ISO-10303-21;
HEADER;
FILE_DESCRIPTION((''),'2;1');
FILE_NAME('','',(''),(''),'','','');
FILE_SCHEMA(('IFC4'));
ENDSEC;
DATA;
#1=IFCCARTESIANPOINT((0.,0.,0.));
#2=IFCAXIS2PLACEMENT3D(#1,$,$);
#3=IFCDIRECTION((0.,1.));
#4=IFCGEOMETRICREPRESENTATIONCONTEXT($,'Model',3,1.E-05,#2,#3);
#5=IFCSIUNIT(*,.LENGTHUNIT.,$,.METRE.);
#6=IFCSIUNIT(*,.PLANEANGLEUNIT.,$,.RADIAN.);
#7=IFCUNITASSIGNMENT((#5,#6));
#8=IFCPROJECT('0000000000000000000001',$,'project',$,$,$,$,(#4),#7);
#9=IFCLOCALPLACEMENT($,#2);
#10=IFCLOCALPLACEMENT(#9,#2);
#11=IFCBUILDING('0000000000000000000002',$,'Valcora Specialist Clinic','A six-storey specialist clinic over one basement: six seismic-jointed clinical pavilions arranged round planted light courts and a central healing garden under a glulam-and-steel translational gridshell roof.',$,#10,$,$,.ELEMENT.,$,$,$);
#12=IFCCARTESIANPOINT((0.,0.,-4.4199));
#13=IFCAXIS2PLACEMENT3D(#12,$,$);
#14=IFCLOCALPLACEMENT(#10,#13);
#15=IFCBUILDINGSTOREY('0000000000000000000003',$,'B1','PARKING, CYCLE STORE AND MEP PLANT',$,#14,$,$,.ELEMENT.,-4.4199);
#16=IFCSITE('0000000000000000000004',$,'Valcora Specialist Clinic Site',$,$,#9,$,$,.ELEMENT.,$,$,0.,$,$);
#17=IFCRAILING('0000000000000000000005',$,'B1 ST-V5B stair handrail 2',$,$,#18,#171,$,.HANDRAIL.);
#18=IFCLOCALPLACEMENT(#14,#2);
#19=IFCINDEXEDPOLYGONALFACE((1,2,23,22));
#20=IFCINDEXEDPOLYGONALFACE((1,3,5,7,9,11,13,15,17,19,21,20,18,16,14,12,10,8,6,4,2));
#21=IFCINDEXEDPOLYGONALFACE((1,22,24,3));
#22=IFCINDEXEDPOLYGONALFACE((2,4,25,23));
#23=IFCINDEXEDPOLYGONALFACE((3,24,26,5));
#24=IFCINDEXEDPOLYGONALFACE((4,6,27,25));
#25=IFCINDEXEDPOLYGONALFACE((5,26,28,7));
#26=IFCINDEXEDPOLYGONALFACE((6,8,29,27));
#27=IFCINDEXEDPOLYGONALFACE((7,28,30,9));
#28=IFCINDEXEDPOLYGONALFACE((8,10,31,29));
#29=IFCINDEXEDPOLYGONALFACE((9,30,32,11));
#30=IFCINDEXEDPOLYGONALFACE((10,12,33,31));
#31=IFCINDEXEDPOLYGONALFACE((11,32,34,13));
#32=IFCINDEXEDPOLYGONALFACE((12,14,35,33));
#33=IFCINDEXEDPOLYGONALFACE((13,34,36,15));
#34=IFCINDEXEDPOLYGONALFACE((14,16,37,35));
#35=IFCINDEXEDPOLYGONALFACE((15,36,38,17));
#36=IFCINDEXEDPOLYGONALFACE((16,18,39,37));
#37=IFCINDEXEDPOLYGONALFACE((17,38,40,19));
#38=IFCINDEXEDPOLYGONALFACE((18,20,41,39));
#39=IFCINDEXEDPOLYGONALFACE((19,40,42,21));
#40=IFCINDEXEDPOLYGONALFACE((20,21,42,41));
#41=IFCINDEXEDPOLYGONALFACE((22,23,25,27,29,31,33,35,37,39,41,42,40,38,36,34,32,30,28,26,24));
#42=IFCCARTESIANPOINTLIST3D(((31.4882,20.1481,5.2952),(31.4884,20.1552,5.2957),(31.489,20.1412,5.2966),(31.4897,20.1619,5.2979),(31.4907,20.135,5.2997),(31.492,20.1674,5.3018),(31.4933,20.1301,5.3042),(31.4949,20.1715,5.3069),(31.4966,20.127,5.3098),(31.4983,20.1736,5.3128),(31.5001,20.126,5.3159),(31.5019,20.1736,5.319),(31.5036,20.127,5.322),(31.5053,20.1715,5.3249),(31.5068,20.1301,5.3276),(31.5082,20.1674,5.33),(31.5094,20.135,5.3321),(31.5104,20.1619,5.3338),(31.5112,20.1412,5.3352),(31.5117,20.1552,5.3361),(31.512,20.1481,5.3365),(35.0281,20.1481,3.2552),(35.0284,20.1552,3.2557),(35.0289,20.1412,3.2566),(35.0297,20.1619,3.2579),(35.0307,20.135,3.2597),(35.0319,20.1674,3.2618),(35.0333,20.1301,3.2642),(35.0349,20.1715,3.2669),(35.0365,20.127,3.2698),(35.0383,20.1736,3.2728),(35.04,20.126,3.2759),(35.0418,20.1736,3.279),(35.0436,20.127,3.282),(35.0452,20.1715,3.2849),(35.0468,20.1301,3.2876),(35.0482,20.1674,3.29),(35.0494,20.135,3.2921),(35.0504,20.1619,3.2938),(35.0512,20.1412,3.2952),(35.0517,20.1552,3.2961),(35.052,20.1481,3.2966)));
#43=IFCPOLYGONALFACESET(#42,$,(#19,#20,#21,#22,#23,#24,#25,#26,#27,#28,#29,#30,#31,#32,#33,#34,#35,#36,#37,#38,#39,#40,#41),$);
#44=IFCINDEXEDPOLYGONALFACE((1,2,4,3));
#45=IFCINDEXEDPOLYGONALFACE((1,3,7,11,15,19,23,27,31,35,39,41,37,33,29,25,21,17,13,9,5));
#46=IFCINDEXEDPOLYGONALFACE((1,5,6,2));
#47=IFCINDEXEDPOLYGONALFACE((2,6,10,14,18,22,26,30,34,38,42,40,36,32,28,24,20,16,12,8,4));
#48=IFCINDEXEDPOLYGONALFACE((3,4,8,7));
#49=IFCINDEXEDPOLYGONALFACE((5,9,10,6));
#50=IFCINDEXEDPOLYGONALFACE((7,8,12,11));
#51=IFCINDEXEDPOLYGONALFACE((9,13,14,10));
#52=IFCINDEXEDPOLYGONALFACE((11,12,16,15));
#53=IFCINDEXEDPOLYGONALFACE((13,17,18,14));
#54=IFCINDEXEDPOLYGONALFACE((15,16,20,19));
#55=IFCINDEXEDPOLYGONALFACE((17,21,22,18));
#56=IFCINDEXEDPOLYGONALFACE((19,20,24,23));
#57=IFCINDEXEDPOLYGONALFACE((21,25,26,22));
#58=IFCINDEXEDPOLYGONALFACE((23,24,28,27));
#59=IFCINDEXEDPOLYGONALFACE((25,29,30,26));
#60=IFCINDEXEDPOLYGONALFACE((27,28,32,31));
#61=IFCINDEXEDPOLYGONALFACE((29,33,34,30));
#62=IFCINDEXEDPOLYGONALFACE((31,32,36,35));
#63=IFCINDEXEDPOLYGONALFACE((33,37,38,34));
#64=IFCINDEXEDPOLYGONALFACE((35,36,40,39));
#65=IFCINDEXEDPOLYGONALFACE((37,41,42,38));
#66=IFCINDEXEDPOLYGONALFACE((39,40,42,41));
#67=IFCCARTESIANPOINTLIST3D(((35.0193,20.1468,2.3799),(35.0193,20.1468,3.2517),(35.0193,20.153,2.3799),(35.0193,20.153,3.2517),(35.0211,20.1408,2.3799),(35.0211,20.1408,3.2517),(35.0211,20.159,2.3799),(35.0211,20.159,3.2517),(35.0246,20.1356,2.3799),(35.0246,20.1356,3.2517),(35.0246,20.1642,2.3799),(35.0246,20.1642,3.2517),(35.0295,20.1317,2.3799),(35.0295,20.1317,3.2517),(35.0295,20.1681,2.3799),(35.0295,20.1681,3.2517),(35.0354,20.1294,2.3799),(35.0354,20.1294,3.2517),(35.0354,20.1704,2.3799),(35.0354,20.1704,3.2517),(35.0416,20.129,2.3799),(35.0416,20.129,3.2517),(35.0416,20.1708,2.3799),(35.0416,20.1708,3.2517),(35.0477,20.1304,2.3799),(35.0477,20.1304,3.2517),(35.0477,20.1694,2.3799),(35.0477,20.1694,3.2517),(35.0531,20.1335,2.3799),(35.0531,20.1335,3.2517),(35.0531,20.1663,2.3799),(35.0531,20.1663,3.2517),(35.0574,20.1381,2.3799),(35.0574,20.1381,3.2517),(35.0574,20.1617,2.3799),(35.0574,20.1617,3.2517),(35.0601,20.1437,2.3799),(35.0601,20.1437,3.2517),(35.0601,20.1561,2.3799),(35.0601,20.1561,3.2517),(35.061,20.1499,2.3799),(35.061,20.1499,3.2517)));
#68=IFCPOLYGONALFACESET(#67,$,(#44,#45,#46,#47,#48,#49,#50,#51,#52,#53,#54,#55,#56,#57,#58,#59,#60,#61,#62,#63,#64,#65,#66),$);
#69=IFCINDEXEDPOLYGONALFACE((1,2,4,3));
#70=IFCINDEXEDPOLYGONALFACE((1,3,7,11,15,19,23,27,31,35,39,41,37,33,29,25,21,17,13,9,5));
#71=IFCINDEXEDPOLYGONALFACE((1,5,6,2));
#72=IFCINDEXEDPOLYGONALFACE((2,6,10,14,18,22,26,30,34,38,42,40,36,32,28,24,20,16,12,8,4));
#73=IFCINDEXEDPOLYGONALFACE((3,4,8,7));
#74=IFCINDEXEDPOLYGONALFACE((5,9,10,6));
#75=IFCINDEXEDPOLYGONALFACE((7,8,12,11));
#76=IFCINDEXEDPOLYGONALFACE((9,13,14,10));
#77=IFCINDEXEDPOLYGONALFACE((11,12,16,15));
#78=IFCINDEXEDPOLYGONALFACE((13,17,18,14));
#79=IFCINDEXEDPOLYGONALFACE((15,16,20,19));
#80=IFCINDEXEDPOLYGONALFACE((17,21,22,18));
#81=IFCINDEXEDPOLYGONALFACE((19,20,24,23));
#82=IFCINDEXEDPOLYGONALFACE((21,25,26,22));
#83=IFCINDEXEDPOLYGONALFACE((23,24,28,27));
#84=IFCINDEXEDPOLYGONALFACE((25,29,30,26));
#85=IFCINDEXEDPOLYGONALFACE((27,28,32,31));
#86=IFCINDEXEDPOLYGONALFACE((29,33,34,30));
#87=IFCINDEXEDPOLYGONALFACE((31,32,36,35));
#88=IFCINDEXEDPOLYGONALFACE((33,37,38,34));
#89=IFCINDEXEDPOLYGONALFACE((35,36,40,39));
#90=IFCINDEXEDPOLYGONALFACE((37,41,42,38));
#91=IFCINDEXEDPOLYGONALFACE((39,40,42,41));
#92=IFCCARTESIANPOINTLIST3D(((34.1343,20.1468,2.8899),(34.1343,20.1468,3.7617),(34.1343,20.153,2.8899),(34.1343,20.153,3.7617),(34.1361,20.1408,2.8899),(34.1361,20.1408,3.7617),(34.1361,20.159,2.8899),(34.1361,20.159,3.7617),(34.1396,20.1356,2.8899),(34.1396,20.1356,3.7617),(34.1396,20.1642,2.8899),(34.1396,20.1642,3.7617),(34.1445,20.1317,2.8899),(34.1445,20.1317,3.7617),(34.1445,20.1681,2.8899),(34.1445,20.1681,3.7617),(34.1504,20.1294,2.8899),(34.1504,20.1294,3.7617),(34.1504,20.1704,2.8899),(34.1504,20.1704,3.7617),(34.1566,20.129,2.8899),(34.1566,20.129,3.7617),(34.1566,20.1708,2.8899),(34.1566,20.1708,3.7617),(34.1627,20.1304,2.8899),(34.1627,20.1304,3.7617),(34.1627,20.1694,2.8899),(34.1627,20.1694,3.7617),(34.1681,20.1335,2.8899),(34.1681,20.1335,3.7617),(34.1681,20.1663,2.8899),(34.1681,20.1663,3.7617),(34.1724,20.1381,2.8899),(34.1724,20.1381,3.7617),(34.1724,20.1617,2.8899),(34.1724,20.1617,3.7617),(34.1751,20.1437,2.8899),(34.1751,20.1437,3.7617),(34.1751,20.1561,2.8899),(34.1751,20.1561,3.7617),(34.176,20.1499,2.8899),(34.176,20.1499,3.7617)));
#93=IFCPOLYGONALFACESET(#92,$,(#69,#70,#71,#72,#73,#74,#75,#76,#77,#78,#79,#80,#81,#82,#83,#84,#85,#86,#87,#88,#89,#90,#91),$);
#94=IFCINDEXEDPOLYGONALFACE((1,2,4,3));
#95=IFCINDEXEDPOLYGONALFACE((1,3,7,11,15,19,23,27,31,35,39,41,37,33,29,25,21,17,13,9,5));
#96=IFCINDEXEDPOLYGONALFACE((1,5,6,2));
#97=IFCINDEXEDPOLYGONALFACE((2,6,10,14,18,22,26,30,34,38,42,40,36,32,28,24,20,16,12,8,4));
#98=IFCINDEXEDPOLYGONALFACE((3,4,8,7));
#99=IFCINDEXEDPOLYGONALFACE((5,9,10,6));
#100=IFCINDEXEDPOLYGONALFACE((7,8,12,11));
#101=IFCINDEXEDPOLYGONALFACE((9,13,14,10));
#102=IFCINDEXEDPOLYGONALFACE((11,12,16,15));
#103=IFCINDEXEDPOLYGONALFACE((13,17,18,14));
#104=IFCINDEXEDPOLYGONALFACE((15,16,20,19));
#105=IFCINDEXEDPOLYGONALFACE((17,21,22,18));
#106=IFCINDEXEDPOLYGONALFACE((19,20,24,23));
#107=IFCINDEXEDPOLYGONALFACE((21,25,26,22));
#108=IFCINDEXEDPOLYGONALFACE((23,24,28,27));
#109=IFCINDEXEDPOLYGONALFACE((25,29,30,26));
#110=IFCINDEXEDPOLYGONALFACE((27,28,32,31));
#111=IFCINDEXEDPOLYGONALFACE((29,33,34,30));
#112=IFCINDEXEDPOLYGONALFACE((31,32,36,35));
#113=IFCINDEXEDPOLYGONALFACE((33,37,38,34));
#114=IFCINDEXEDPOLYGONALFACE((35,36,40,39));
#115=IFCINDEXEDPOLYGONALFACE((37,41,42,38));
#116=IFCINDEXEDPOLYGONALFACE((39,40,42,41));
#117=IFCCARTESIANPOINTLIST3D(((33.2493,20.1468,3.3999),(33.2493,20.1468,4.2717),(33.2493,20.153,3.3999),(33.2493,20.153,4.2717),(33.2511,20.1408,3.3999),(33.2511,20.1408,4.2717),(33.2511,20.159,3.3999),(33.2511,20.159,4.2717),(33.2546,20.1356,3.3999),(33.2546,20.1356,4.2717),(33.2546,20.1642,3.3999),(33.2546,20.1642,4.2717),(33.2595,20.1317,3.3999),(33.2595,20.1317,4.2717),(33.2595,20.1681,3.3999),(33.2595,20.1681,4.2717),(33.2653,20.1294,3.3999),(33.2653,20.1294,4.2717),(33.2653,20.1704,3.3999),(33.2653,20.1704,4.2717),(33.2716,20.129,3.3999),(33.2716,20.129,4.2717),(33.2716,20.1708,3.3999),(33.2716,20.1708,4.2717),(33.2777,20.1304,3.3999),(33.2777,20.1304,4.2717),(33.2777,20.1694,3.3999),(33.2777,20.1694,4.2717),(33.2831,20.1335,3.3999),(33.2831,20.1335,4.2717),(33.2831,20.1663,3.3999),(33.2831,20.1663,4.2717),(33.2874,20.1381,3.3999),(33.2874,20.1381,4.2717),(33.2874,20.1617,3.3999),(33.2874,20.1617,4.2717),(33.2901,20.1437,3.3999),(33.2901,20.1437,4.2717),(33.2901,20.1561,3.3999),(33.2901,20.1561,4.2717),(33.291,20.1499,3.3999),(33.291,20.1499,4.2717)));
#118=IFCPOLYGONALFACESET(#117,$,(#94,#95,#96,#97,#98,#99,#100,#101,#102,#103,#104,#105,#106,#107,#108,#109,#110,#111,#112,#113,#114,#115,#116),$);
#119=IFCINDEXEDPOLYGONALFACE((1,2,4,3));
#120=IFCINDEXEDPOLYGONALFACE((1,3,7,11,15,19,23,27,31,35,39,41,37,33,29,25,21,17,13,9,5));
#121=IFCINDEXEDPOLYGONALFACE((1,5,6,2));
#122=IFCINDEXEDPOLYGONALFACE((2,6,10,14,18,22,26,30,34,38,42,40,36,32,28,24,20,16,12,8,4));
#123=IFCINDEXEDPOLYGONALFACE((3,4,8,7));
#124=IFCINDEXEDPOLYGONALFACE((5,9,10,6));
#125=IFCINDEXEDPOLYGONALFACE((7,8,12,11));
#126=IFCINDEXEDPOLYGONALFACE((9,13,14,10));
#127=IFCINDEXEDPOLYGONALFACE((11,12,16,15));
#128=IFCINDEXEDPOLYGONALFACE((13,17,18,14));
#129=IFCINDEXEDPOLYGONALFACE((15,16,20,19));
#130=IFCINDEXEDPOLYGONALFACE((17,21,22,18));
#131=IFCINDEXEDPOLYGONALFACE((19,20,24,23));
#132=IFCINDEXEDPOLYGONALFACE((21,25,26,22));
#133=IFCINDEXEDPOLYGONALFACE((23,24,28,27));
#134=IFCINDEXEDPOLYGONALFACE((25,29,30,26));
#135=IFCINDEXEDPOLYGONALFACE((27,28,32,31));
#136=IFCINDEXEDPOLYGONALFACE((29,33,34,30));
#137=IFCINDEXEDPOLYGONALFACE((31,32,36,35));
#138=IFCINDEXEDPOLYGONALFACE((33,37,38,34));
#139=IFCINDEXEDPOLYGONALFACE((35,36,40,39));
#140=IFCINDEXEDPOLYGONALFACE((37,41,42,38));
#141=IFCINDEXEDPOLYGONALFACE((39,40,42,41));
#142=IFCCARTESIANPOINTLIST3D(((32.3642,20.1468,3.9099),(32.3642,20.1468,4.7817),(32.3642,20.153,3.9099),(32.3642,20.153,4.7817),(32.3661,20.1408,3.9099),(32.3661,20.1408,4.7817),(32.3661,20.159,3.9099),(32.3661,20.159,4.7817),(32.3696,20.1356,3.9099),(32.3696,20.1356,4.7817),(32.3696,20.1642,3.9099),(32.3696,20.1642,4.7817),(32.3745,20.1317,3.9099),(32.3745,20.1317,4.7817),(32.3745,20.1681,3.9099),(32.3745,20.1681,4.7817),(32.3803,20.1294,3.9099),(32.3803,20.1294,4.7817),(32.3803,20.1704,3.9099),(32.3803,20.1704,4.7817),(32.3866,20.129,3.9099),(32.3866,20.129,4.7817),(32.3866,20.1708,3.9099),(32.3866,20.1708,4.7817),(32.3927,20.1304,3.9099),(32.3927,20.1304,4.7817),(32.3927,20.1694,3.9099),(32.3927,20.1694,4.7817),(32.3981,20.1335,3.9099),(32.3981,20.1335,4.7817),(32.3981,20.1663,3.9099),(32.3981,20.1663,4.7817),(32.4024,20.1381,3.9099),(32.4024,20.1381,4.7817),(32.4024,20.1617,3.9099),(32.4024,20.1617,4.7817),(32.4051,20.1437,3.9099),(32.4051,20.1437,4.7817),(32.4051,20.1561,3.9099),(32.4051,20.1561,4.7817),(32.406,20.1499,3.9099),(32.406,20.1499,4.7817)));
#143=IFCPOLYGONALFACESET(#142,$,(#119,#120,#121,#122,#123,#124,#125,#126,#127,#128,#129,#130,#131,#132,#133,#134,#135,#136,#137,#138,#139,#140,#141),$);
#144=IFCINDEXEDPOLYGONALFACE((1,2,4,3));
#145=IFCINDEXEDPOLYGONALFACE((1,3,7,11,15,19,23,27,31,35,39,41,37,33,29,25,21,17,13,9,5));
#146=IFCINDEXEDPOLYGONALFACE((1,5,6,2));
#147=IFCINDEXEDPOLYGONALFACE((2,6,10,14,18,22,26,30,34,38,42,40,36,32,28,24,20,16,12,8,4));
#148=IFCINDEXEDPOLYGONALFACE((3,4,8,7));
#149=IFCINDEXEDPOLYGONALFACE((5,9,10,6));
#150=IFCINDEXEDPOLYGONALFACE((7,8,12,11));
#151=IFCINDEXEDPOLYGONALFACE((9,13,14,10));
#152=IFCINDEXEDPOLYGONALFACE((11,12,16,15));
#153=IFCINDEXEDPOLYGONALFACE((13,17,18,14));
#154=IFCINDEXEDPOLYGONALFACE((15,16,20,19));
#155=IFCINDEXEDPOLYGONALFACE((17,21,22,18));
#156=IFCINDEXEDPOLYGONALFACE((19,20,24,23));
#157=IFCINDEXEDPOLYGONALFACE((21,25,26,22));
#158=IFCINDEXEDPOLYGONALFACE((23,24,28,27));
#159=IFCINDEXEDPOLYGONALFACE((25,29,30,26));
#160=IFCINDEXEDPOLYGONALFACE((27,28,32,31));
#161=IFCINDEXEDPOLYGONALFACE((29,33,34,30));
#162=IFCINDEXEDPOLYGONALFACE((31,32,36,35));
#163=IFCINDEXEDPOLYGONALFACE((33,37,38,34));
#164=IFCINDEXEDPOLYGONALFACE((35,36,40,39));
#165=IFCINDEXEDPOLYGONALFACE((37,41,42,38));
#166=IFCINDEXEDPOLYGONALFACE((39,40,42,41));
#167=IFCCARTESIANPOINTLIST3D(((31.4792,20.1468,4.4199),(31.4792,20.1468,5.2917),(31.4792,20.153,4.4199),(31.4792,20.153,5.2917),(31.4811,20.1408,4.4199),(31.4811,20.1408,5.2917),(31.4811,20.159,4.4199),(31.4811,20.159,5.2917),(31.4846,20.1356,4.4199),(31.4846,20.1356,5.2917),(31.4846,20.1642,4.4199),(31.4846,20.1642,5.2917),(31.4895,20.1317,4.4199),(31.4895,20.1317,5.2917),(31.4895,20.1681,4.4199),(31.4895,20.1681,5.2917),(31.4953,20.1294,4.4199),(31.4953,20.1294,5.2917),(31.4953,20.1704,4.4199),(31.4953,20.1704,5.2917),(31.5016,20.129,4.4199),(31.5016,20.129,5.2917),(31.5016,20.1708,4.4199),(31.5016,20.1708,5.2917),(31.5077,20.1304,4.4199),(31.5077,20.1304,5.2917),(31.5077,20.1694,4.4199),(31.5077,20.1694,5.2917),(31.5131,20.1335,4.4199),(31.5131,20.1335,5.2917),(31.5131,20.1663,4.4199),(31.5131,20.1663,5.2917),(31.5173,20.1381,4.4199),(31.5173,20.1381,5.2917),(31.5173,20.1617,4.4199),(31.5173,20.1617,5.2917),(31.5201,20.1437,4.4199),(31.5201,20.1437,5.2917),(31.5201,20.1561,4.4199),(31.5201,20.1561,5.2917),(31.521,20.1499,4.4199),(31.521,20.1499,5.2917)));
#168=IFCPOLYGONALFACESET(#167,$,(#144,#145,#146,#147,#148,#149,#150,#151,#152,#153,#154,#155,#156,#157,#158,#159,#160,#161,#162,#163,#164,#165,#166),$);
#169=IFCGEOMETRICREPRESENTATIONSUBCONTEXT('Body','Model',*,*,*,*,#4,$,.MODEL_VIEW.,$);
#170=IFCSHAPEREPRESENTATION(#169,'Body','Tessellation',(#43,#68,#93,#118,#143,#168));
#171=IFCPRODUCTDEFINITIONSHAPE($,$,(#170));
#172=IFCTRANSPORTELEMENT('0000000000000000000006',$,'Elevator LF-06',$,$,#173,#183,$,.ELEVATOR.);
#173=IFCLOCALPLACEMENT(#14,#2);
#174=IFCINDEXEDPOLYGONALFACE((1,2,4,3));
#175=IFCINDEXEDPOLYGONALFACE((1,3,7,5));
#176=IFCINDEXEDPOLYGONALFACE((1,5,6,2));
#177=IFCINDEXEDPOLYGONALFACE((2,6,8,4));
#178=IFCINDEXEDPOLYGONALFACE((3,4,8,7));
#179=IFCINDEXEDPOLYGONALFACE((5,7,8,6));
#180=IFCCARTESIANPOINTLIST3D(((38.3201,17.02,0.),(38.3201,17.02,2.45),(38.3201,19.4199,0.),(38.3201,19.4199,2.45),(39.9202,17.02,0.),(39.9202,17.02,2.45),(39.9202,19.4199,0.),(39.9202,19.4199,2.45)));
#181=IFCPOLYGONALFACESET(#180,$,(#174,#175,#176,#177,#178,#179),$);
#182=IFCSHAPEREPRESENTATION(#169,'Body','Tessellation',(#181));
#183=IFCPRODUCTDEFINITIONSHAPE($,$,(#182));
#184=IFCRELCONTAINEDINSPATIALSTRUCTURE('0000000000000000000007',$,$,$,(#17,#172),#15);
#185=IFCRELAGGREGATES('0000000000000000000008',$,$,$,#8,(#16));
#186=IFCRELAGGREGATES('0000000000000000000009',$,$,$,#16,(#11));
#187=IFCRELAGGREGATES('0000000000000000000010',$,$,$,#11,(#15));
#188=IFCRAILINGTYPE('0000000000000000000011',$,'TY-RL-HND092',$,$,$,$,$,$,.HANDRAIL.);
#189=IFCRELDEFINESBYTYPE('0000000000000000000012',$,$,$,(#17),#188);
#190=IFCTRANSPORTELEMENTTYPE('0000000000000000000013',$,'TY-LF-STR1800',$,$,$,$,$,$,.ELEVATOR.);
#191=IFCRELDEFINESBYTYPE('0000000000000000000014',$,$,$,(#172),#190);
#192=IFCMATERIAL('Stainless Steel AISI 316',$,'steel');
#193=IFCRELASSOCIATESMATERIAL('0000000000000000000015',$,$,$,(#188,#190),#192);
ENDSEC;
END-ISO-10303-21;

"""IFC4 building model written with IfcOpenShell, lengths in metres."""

from ifc_helpers import new_model, si_unit, direction, frame, origin, origin_2d, place, context, subcontext, project, spatial, rectangle, circle, extrude, material, type_object, element, save


model = new_model("IFC4")

# Units and contexts
model_context = context("Model", 3, precision=1e-05, world=origin(), true_north=direction((0.0, 1.0)))
body_context = subcontext(model_context, "Body", "Model", "MODEL_VIEW")
ifc_project = project(units=[si_unit("LENGTHUNIT", "METRE"), si_unit("PLANEANGLEUNIT", "RADIAN")], contexts=[model_context])

# Site, building, storey
site_placement = place(None, origin())
site = spatial("IfcSite", under=ifc_project, at=site_placement, Name="Valcora Specialist Clinic Site", CompositionType="ELEMENT", RefElevation=0.0)
building_placement = place(site_placement, origin())
building = spatial("IfcBuilding", under=site, at=building_placement, Name="Valcora Specialist Clinic", Description="A six-storey specialist clinic over one basement: six seismic-jointed clinical pavilions arranged round planted light courts and a central healing garden under a glulam-and-steel translational gridshell roof.", CompositionType="ELEMENT")
storey_placement = place(building_placement, frame((0.0, 0.0, -4.4199)))
storey = spatial("IfcBuildingStorey", under=building, at=storey_placement, Name="B1", Description="PARKING, CYCLE STORE AND MEP PLANT", CompositionType="ELEMENT", Elevation=-4.4199)

# Shared definitions
ifc_material_1 = material(Name="Stainless Steel AISI 316", Category="steel")

# Railing
railing_type_1 = type_object("IfcRailingType", Name="TY-RL-HND092", PredefinedType="HANDRAIL", material=ifc_material_1)
railing_1_placement = place(storey_placement, frame((35.04, 20.1499, 2.3799)))
element("IfcRailing", 1, at=railing_1_placement, inside=storey, type_object=railing_type_1, Name="B1 ST-V5B stair handrail 2", PredefinedType="HANDRAIL", context=body_context, shape_type="SweptSolid", body=[
    extrude(circle(Radius=0.0239, at=origin_2d()), frame((0.0, 0.0, 0.896), z_axis=(-0.866428, 0.0, 0.499302), x_axis=(0.0, -1.0, 0.0)), (0.0, 0.0, 1.0), 4.0857),
    extrude(circle(Radius=0.021, at=origin_2d()), origin(), (0.0, 0.0, 1.0), 0.8718),
    extrude(circle(Radius=0.021, at=origin_2d()), frame((-0.885, 0.0, 0.51)), (0.0, 0.0, 1.0), 0.8718),
    extrude(circle(Radius=0.021, at=origin_2d()), frame((-1.77, 0.0, 1.02)), (0.0, 0.0, 1.0), 0.8718),
    extrude(circle(Radius=0.021, at=origin_2d()), frame((-2.655, 0.0, 1.53)), (0.0, 0.0, 1.0), 0.8718),
    extrude(circle(Radius=0.021, at=origin_2d()), frame((-3.54, 0.0, 2.04)), (0.0, 0.0, 1.0), 0.8718),
])

# Transport element
transport_element_type = type_object("IfcTransportElementType", Name="TY-LF-STR1800", PredefinedType="ELEVATOR", material=ifc_material_1)
transport_element_placement = place(storey_placement, frame((39.1201, 18.22, 0.0), z_axis=(0.0, 0.0, 1.0), x_axis=(1.0, 0.0, 0.0)))
element("IfcTransportElement", 2, at=transport_element_placement, inside=storey, type_object=transport_element_type, Name="Elevator LF-06", PredefinedType="ELEVATOR", context=body_context, shape_type="SweptSolid", body=[
    extrude(rectangle(XDim=1.6001, YDim=2.3999, at=origin_2d()), origin(), (0.0, 0.0, 1.0), 2.45),
])

save(model, "model.ifc")
